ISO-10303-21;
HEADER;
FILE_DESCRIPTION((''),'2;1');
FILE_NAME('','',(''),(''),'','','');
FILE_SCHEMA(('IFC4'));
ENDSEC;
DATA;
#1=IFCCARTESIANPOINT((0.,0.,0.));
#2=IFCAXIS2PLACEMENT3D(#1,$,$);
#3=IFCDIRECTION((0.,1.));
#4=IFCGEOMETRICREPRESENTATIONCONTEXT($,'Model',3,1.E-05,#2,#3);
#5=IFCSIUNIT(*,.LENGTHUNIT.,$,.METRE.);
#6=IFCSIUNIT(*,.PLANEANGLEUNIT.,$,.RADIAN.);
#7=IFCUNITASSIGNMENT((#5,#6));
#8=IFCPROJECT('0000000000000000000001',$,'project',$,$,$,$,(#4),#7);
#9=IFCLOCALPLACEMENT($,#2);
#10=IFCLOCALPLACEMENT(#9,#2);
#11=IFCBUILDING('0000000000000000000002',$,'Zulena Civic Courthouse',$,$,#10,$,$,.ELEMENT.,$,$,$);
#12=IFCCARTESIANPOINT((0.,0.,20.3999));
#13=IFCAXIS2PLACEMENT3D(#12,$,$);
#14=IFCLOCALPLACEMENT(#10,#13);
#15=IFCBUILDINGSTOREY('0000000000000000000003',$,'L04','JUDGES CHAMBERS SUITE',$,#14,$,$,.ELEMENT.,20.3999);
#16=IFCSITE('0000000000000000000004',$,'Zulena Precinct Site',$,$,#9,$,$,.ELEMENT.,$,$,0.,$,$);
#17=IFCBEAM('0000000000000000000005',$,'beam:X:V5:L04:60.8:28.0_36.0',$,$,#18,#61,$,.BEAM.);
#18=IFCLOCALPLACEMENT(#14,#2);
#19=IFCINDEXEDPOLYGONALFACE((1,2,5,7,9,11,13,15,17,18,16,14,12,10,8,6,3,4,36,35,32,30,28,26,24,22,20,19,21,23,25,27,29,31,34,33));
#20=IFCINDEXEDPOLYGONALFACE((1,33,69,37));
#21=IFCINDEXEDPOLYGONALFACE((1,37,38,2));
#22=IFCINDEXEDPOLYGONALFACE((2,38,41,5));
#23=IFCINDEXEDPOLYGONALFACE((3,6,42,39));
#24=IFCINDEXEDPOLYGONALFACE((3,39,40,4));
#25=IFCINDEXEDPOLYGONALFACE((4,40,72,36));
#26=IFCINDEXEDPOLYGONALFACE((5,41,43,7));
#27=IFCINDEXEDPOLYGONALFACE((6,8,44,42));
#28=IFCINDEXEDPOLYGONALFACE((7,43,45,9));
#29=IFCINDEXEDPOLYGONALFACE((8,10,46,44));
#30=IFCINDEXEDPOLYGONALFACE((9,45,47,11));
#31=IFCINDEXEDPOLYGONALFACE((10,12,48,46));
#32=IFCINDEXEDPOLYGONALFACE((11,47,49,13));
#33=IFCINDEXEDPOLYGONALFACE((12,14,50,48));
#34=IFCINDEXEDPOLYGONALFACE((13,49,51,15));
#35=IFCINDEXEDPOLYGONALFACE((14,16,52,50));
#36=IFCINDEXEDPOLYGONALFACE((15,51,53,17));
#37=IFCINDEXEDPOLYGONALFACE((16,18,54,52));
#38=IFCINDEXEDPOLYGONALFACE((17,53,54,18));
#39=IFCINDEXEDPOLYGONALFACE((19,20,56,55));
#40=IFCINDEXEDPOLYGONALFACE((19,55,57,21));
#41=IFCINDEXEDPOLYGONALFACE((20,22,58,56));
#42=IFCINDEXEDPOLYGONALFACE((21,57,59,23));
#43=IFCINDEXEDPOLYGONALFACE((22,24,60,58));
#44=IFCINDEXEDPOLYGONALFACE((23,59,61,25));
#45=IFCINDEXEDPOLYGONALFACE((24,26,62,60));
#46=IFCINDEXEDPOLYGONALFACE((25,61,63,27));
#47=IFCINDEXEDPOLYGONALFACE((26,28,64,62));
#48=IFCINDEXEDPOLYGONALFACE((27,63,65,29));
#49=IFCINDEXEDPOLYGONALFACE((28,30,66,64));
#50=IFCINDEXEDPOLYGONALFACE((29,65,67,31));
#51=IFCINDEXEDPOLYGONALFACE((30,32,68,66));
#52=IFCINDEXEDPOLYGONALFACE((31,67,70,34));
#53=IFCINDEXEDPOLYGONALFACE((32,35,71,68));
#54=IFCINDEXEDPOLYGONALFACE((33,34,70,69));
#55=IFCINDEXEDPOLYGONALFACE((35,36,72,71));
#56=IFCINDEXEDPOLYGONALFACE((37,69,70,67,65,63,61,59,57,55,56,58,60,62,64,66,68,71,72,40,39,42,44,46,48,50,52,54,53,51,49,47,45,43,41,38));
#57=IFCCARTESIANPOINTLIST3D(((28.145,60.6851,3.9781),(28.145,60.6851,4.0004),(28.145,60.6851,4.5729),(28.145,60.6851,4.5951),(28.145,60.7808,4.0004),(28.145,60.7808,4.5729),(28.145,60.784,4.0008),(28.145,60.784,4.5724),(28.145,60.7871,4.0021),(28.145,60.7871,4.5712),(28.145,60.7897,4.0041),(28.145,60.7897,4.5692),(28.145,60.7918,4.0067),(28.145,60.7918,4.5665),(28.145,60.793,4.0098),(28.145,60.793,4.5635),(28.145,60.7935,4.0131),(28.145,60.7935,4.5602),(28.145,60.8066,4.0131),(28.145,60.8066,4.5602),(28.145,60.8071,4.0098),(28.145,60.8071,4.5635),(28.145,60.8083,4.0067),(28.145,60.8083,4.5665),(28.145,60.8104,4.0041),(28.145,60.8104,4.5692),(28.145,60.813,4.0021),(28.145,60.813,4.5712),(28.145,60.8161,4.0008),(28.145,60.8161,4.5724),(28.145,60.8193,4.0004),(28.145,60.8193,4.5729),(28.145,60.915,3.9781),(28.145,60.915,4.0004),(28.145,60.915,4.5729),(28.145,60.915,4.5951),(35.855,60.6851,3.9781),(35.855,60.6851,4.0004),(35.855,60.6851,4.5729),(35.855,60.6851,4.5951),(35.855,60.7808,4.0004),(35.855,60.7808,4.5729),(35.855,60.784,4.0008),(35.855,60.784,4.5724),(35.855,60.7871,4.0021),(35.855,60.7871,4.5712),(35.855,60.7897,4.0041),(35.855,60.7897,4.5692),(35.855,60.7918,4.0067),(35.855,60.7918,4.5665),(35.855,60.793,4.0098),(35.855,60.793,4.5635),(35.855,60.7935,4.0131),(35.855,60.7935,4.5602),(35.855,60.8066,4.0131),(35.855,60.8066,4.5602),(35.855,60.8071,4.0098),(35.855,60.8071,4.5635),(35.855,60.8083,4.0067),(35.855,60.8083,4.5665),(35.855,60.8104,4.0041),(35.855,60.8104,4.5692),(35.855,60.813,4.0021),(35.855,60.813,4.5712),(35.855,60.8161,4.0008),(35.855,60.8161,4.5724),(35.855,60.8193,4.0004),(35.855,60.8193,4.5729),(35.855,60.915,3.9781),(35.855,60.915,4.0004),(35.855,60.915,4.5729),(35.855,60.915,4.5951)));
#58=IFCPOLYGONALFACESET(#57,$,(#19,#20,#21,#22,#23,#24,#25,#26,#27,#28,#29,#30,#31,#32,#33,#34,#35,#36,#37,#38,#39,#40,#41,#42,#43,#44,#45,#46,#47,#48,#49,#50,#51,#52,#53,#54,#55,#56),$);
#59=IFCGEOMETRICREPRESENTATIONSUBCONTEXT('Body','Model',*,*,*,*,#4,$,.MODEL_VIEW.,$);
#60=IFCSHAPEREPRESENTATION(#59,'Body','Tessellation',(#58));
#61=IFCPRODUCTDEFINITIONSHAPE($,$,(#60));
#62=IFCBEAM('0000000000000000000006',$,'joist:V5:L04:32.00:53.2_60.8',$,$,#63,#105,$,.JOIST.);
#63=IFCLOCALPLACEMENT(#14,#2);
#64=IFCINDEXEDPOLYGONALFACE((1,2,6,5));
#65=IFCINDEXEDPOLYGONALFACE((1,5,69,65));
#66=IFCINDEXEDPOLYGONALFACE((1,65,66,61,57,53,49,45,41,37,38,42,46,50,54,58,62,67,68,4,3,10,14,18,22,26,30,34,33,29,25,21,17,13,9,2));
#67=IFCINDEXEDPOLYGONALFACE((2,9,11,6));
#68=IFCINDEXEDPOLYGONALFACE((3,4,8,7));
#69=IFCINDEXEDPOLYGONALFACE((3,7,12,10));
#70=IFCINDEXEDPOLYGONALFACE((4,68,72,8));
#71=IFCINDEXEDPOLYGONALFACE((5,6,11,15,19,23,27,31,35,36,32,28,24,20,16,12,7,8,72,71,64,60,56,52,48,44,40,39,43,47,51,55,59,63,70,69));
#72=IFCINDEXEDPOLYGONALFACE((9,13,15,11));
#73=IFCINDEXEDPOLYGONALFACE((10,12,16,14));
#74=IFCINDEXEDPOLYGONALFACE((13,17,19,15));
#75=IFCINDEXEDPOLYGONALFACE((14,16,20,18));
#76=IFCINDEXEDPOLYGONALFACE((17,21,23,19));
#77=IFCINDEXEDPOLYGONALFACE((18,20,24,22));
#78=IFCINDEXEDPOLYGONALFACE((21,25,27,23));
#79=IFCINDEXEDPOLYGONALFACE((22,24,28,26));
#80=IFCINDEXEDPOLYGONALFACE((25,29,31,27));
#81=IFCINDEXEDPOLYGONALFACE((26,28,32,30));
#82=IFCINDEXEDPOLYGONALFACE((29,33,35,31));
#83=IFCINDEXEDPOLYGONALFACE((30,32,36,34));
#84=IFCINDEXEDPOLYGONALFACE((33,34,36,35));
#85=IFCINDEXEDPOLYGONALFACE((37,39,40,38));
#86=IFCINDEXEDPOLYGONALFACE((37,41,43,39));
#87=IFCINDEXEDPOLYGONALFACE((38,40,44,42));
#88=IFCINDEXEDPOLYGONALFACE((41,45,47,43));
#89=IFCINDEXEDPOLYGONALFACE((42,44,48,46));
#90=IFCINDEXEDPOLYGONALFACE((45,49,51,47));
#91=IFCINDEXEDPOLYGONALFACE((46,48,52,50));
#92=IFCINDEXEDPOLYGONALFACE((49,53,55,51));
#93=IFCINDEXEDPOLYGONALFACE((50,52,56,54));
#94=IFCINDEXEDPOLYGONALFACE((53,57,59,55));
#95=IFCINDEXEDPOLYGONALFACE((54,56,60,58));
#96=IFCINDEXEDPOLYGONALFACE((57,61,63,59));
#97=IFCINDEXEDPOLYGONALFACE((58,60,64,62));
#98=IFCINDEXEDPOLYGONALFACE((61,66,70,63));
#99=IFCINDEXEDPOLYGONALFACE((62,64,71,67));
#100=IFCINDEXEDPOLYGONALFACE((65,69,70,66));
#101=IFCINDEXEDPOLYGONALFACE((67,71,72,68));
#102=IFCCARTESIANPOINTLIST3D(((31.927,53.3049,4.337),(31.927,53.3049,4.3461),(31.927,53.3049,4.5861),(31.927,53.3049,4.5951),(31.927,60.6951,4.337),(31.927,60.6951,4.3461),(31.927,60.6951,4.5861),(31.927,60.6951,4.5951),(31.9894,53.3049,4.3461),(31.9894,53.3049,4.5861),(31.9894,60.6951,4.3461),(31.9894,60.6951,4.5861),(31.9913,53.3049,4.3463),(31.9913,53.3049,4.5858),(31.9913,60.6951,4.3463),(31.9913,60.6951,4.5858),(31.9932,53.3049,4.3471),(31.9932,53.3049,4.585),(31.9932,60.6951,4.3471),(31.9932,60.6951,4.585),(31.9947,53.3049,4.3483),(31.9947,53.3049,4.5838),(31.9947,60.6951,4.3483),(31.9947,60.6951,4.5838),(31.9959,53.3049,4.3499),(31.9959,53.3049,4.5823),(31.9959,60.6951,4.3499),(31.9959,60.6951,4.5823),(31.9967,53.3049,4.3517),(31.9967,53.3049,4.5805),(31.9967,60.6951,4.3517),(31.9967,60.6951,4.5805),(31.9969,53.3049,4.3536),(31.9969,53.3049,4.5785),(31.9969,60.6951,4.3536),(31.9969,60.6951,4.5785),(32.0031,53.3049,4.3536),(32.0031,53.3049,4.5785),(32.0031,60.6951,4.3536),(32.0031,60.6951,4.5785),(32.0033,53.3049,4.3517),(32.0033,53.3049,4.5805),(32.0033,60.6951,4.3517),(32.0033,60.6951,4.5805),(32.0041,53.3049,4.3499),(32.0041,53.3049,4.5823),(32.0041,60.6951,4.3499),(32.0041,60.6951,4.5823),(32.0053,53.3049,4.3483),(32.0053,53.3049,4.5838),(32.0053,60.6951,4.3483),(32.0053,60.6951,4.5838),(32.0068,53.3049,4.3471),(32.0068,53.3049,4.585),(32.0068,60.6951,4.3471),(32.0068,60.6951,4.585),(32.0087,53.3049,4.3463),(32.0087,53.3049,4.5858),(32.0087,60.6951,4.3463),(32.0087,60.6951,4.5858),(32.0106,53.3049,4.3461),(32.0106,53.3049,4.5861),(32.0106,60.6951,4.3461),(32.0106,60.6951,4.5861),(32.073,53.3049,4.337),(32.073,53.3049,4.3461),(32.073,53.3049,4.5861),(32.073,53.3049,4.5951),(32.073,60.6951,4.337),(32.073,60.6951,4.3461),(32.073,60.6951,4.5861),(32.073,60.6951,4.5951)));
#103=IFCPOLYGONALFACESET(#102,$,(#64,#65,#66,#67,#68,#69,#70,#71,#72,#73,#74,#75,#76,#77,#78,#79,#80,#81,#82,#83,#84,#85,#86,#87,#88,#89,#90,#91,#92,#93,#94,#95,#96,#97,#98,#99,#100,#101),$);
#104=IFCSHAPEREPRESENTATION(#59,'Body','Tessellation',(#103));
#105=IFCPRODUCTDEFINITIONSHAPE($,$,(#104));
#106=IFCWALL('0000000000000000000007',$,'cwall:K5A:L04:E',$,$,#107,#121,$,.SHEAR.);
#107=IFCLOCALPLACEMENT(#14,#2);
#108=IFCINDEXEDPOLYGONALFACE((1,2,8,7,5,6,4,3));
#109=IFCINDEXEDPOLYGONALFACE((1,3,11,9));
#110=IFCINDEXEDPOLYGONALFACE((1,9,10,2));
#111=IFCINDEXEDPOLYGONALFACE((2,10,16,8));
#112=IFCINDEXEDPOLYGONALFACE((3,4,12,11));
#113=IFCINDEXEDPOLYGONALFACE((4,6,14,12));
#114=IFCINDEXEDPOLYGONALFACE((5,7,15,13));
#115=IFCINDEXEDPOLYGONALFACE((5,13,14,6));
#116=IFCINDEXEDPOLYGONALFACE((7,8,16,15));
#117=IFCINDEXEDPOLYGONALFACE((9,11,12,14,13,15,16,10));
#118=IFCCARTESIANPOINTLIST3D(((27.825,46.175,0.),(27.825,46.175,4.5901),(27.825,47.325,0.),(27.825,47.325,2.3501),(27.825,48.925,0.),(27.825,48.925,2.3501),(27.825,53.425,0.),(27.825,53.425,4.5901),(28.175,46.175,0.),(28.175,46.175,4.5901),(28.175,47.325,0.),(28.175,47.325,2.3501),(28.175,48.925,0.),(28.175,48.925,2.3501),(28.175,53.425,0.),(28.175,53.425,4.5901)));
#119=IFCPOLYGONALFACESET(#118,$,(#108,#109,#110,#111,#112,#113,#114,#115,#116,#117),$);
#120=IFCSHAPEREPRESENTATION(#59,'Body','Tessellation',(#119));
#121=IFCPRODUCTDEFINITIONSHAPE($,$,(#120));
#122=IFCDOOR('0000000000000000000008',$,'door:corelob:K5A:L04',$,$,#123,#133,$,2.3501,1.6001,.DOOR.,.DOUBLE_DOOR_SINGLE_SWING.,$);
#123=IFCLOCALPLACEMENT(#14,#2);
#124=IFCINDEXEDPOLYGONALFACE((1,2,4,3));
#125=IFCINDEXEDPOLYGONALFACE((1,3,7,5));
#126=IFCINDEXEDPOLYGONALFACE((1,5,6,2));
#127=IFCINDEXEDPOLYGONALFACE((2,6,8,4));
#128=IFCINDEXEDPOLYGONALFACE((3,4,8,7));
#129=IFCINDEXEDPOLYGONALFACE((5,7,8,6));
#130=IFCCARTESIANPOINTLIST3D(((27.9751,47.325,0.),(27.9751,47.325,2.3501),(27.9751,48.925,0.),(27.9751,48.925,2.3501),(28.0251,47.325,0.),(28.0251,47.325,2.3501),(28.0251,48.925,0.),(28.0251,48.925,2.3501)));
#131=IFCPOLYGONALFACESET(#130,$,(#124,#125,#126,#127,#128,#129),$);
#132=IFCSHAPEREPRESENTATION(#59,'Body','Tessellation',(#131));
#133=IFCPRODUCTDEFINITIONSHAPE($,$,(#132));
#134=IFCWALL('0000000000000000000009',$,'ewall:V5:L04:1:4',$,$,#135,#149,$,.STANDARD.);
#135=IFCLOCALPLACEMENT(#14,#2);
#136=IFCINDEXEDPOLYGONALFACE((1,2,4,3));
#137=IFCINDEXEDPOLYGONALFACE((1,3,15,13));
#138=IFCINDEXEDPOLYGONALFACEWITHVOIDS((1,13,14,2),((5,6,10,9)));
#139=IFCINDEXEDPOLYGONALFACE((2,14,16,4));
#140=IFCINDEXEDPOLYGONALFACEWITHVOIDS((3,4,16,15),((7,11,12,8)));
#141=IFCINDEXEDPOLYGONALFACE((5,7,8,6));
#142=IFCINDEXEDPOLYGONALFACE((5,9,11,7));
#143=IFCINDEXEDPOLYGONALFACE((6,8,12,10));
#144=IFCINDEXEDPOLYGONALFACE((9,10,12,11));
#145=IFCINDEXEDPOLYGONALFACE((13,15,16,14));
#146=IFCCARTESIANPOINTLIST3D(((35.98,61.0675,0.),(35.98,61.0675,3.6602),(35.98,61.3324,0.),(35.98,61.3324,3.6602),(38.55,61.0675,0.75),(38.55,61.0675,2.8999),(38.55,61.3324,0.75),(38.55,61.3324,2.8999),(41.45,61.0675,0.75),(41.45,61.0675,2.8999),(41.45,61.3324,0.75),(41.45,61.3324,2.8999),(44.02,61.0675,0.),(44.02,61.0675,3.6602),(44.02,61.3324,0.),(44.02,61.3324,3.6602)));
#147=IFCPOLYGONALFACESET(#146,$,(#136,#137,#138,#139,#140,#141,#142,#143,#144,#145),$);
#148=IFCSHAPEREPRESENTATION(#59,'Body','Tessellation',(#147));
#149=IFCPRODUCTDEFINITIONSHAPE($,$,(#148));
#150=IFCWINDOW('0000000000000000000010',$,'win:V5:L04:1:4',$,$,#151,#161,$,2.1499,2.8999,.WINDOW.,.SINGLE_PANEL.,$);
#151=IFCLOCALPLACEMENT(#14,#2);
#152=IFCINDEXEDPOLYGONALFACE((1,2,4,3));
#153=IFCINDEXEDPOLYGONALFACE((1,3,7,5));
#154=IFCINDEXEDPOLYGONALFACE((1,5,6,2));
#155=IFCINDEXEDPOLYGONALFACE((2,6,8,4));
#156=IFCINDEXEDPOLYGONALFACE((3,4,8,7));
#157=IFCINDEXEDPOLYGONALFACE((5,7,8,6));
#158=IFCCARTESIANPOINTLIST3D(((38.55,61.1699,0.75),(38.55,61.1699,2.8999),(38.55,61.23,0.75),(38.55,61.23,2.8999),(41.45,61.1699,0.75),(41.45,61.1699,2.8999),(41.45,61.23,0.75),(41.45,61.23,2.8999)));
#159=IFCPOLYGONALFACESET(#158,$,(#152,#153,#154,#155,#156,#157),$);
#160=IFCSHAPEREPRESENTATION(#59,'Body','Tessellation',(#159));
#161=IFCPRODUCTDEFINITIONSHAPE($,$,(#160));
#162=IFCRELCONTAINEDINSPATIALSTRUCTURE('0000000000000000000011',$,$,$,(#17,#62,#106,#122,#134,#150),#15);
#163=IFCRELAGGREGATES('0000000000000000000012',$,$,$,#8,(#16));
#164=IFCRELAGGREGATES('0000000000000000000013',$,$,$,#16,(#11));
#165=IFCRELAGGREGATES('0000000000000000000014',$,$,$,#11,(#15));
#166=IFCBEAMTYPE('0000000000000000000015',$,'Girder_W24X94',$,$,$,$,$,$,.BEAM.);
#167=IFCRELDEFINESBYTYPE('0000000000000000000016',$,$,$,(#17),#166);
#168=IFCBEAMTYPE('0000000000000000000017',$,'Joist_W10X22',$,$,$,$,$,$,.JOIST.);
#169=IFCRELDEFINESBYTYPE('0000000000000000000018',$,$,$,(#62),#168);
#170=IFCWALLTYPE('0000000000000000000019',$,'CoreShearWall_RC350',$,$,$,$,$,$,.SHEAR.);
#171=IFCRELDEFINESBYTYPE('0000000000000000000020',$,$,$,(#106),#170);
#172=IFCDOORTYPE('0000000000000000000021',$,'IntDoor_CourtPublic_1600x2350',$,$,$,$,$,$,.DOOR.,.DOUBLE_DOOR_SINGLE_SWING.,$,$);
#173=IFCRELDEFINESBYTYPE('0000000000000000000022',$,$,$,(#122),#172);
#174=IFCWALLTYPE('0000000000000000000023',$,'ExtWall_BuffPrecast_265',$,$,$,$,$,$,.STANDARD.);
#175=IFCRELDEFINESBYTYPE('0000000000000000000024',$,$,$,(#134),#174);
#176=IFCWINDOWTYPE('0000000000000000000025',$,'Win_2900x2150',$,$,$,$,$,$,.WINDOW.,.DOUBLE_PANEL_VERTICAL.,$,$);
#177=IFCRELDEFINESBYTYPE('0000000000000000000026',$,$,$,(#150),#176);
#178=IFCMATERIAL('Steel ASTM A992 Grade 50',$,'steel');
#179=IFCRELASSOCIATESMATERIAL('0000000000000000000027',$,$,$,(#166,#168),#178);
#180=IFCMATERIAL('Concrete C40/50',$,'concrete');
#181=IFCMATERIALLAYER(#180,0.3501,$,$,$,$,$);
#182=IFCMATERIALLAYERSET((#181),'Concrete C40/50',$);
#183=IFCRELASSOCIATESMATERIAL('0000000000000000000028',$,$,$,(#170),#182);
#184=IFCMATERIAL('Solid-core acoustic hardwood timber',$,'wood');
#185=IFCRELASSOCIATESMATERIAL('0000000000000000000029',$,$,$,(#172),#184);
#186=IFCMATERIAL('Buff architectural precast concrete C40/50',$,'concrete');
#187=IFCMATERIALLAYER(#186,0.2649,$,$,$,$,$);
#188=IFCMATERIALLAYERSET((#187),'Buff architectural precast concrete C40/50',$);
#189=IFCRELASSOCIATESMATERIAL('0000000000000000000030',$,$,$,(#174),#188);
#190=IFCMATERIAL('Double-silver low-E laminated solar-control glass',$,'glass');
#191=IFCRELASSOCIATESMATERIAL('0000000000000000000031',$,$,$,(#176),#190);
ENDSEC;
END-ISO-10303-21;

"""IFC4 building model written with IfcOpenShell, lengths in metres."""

from ifc_helpers import new_model, si_unit, direction, frame, frame_2d, origin, origin_2d, place, context, subcontext, project, spatial, rectangle, i_section, extrude, material, layer, layer_set, material_profile, profile_set, type_object, element, fill, save


model = new_model("IFC4")

# Units and contexts
model_context = context("Model", 3, precision=1e-05, world=origin(), true_north=direction((0.0, 1.0)))
body_context = subcontext(model_context, "Body", "Model", "MODEL_VIEW")
ifc_project = project(units=[si_unit("LENGTHUNIT", "METRE"), si_unit("PLANEANGLEUNIT", "RADIAN")], contexts=[model_context])

# Site, building, storey
site_placement = place(None, origin())
site = spatial("IfcSite", under=ifc_project, at=site_placement, Name="Zulena Precinct Site", CompositionType="ELEMENT", RefElevation=0.0)
building_placement = place(site_placement, origin())
building = spatial("IfcBuilding", under=site, at=building_placement, Name="Zulena Civic Courthouse", CompositionType="ELEMENT")
storey_placement = place(building_placement, frame((0.0, 0.0, 20.3999)))
storey = spatial("IfcBuildingStorey", under=building, at=storey_placement, Name="L04", Description="JUDGES CHAMBERS SUITE", CompositionType="ELEMENT", Elevation=20.3999)

# Shared definitions
ifc_material_1 = material(Name="Steel ASTM A992 Grade 50", Category="steel")

# Beams
ifc_material_profile_1 = material_profile(ifc_material_1, i_section(OverallWidth=0.23, OverallDepth=0.6169, WebThickness=0.0132, FlangeThickness=0.0222, FilletRadius=0.0127, at=origin_2d()), Name="W24X94")
ifc_profile_set_1 = profile_set([ifc_material_profile_1], Name="Steel ASTM A992 Grade 50")
beam_type_1 = type_object("IfcBeamType", Name="Girder_W24X94", PredefinedType="BEAM", material=ifc_profile_set_1)
for number, where, z_axis, x_axis, name in (
    (1, (28.145, 60.8, 4.2866), (1.0, 0.0, 0.0), (0.0, 1.0, 0.0), "beam:X:V5:L04:60.8:28.0_36.0"),
):
    element("IfcBeam", number, at=place(storey_placement, frame(where, z_axis=z_axis, x_axis=x_axis)), inside=storey, type_object=beam_type_1, Name=name, PredefinedType="BEAM", context=body_context, shape_type="SweptSolid", body=[
        extrude(i_section(OverallWidth=0.23, OverallDepth=0.6169, WebThickness=0.0132, FlangeThickness=0.0222, FilletRadius=0.0127, at=origin_2d()), origin(), (0.0, 0.0, 1.0), 7.71),
    ])
ifc_material_profile_2 = material_profile(ifc_material_1, i_section(OverallWidth=0.146, OverallDepth=0.2581, WebThickness=0.0061, FlangeThickness=0.009, FilletRadius=0.0076, at=origin_2d()), Name="W10X22")
ifc_profile_set_2 = profile_set([ifc_material_profile_2], Name="Steel ASTM A992 Grade 50")
beam_type_2 = type_object("IfcBeamType", Name="Joist_W10X22", PredefinedType="JOIST", material=ifc_profile_set_2)
beam_1_placement = place(storey_placement, frame((32.0, 53.3049, 4.4661), z_axis=(0.0, 1.0, 0.0), x_axis=(-1.0, 0.0, 0.0)))
element("IfcBeam", 2, at=beam_1_placement, inside=storey, type_object=beam_type_2, Name="joist:V5:L04:32.00:53.2_60.8", PredefinedType="JOIST", context=body_context, shape_type="SweptSolid", body=[
    extrude(i_section(OverallWidth=0.146, OverallDepth=0.2581, WebThickness=0.0061, FlangeThickness=0.009, FilletRadius=0.0076, at=origin_2d()), origin(), (0.0, 0.0, 1.0), 7.3901),
])

# Wall, opening, door
ifc_material_2 = material(Name="Concrete C40/50", Category="concrete")
ifc_layer_1 = layer(ifc_material_2, 0.3501)
ifc_layer_set_1 = layer_set([ifc_layer_1], Name="Concrete C40/50")
wall_type_1 = type_object("IfcWallType", Name="CoreShearWall_RC350", PredefinedType="SHEAR", material=ifc_layer_set_1)
wall_1_placement = place(storey_placement, frame((28.0, 46.175, 0.0), z_axis=(0.0, 0.0, 1.0), x_axis=(0.0, 1.0, 0.0)))
wall_1 = element("IfcWall", 3, at=wall_1_placement, inside=storey, type_object=wall_type_1, Name="cwall:K5A:L04:E", PredefinedType="SHEAR", context=body_context, shape_type="SweptSolid", body=[
    extrude(rectangle(XDim=7.25, YDim=0.3501, at=frame_2d((3.625, 0.0))), origin(), (0.0, 0.0, 1.0), 4.5901),
])
opening_1_placement = place(wall_1_placement, frame((1.1499, 0.0, 0.0)))
opening_1 = element("IfcOpeningElement", 4, at=opening_1_placement, cuts=wall_1, PredefinedType="OPENING", context=body_context, shape_type="SweptSolid", body=[
    extrude(rectangle(XDim=1.6001, YDim=2.3501, at=frame_2d((0.8, 1.175))), frame((0.0, 0.1851, 0.0), z_axis=(0.0, -1.0, 0.0), x_axis=(1.0, 0.0, 0.0)), (0.0, 0.0, 1.0), 0.3701),
])
ifc_material_3 = material(Name="Solid-core acoustic hardwood timber", Category="wood")
door_type_1 = type_object("IfcDoorType", Name="IntDoor_CourtPublic_1600x2350", OperationType="DOUBLE_DOOR_SINGLE_SWING", PredefinedType="DOOR", material=ifc_material_3)
door_1_placement = place(opening_1_placement, origin())
door_1 = element("IfcDoor", 5, at=door_1_placement, inside=storey, type_object=door_type_1, Name="door:corelob:K5A:L04", OperationType="DOUBLE_DOOR_SINGLE_SWING", OverallHeight=2.3501, OverallWidth=1.6001, PredefinedType="DOOR", context=body_context, shape_type="SweptSolid", body=[
    extrude(rectangle(XDim=1.6001, YDim=2.3501, at=frame_2d((0.8, 1.175))), frame((0.0, 0.0249, 0.0), z_axis=(0.0, -1.0, 0.0), x_axis=(1.0, 0.0, 0.0)), (0.0, 0.0, 1.0), 0.05),
])
fill(opening_1, door_1)

# Wall, opening, window
ifc_material_4 = material(Name="Buff architectural precast concrete C40/50", Category="concrete")
ifc_layer_2 = layer(ifc_material_4, 0.2649)
ifc_layer_set_2 = layer_set([ifc_layer_2], Name="Buff architectural precast concrete C40/50")
wall_type_2 = type_object("IfcWallType", Name="ExtWall_BuffPrecast_265", PredefinedType="STANDARD", material=ifc_layer_set_2)
wall_2_placement = place(storey_placement, frame((35.98, 61.2, 0.0), z_axis=(0.0, 0.0, 1.0), x_axis=(1.0, 0.0, 0.0)))
wall_2 = element("IfcWall", 6, at=wall_2_placement, inside=storey, type_object=wall_type_2, Name="ewall:V5:L04:1:4", PredefinedType="STANDARD", context=body_context, shape_type="SweptSolid", body=[
    extrude(rectangle(XDim=8.04, YDim=0.2649, at=frame_2d((4.02, 0.0))), origin(), (0.0, 0.0, 1.0), 3.6602),
])
opening_2_placement = place(wall_2_placement, frame((2.5701, 0.0, 0.75)))
opening_2 = element("IfcOpeningElement", 7, at=opening_2_placement, cuts=wall_2, PredefinedType="OPENING", context=body_context, shape_type="SweptSolid", body=[
    extrude(rectangle(XDim=2.8999, YDim=2.1499, at=frame_2d((1.45, 1.075))), frame((0.0, 0.1423, 0.0), z_axis=(0.0, -1.0, 0.0), x_axis=(1.0, 0.0, 0.0)), (0.0, 0.0, 1.0), 0.2849),
])
ifc_material_5 = material(Name="Double-silver low-E laminated solar-control glass", Category="glass")
window_type = type_object("IfcWindowType", Name="Win_2900x2150", PartitioningType="DOUBLE_PANEL_VERTICAL", PredefinedType="WINDOW", material=ifc_material_5)
window_placement = place(opening_2_placement, origin())
window = element("IfcWindow", 8, at=window_placement, inside=storey, type_object=window_type, Name="win:V5:L04:1:4", OverallHeight=2.1499, OverallWidth=2.8999, PartitioningType="SINGLE_PANEL", PredefinedType="WINDOW", context=body_context, shape_type="SweptSolid", body=[
    extrude(rectangle(XDim=2.8999, YDim=2.1499, at=frame_2d((1.45, 1.075))), frame((0.0, 0.03, 0.0), z_axis=(0.0, -1.0, 0.0), x_axis=(1.0, 0.0, 0.0)), (0.0, 0.0, 1.0), 0.0601),
])
fill(opening_2, window)

save(model, "model.ifc")
